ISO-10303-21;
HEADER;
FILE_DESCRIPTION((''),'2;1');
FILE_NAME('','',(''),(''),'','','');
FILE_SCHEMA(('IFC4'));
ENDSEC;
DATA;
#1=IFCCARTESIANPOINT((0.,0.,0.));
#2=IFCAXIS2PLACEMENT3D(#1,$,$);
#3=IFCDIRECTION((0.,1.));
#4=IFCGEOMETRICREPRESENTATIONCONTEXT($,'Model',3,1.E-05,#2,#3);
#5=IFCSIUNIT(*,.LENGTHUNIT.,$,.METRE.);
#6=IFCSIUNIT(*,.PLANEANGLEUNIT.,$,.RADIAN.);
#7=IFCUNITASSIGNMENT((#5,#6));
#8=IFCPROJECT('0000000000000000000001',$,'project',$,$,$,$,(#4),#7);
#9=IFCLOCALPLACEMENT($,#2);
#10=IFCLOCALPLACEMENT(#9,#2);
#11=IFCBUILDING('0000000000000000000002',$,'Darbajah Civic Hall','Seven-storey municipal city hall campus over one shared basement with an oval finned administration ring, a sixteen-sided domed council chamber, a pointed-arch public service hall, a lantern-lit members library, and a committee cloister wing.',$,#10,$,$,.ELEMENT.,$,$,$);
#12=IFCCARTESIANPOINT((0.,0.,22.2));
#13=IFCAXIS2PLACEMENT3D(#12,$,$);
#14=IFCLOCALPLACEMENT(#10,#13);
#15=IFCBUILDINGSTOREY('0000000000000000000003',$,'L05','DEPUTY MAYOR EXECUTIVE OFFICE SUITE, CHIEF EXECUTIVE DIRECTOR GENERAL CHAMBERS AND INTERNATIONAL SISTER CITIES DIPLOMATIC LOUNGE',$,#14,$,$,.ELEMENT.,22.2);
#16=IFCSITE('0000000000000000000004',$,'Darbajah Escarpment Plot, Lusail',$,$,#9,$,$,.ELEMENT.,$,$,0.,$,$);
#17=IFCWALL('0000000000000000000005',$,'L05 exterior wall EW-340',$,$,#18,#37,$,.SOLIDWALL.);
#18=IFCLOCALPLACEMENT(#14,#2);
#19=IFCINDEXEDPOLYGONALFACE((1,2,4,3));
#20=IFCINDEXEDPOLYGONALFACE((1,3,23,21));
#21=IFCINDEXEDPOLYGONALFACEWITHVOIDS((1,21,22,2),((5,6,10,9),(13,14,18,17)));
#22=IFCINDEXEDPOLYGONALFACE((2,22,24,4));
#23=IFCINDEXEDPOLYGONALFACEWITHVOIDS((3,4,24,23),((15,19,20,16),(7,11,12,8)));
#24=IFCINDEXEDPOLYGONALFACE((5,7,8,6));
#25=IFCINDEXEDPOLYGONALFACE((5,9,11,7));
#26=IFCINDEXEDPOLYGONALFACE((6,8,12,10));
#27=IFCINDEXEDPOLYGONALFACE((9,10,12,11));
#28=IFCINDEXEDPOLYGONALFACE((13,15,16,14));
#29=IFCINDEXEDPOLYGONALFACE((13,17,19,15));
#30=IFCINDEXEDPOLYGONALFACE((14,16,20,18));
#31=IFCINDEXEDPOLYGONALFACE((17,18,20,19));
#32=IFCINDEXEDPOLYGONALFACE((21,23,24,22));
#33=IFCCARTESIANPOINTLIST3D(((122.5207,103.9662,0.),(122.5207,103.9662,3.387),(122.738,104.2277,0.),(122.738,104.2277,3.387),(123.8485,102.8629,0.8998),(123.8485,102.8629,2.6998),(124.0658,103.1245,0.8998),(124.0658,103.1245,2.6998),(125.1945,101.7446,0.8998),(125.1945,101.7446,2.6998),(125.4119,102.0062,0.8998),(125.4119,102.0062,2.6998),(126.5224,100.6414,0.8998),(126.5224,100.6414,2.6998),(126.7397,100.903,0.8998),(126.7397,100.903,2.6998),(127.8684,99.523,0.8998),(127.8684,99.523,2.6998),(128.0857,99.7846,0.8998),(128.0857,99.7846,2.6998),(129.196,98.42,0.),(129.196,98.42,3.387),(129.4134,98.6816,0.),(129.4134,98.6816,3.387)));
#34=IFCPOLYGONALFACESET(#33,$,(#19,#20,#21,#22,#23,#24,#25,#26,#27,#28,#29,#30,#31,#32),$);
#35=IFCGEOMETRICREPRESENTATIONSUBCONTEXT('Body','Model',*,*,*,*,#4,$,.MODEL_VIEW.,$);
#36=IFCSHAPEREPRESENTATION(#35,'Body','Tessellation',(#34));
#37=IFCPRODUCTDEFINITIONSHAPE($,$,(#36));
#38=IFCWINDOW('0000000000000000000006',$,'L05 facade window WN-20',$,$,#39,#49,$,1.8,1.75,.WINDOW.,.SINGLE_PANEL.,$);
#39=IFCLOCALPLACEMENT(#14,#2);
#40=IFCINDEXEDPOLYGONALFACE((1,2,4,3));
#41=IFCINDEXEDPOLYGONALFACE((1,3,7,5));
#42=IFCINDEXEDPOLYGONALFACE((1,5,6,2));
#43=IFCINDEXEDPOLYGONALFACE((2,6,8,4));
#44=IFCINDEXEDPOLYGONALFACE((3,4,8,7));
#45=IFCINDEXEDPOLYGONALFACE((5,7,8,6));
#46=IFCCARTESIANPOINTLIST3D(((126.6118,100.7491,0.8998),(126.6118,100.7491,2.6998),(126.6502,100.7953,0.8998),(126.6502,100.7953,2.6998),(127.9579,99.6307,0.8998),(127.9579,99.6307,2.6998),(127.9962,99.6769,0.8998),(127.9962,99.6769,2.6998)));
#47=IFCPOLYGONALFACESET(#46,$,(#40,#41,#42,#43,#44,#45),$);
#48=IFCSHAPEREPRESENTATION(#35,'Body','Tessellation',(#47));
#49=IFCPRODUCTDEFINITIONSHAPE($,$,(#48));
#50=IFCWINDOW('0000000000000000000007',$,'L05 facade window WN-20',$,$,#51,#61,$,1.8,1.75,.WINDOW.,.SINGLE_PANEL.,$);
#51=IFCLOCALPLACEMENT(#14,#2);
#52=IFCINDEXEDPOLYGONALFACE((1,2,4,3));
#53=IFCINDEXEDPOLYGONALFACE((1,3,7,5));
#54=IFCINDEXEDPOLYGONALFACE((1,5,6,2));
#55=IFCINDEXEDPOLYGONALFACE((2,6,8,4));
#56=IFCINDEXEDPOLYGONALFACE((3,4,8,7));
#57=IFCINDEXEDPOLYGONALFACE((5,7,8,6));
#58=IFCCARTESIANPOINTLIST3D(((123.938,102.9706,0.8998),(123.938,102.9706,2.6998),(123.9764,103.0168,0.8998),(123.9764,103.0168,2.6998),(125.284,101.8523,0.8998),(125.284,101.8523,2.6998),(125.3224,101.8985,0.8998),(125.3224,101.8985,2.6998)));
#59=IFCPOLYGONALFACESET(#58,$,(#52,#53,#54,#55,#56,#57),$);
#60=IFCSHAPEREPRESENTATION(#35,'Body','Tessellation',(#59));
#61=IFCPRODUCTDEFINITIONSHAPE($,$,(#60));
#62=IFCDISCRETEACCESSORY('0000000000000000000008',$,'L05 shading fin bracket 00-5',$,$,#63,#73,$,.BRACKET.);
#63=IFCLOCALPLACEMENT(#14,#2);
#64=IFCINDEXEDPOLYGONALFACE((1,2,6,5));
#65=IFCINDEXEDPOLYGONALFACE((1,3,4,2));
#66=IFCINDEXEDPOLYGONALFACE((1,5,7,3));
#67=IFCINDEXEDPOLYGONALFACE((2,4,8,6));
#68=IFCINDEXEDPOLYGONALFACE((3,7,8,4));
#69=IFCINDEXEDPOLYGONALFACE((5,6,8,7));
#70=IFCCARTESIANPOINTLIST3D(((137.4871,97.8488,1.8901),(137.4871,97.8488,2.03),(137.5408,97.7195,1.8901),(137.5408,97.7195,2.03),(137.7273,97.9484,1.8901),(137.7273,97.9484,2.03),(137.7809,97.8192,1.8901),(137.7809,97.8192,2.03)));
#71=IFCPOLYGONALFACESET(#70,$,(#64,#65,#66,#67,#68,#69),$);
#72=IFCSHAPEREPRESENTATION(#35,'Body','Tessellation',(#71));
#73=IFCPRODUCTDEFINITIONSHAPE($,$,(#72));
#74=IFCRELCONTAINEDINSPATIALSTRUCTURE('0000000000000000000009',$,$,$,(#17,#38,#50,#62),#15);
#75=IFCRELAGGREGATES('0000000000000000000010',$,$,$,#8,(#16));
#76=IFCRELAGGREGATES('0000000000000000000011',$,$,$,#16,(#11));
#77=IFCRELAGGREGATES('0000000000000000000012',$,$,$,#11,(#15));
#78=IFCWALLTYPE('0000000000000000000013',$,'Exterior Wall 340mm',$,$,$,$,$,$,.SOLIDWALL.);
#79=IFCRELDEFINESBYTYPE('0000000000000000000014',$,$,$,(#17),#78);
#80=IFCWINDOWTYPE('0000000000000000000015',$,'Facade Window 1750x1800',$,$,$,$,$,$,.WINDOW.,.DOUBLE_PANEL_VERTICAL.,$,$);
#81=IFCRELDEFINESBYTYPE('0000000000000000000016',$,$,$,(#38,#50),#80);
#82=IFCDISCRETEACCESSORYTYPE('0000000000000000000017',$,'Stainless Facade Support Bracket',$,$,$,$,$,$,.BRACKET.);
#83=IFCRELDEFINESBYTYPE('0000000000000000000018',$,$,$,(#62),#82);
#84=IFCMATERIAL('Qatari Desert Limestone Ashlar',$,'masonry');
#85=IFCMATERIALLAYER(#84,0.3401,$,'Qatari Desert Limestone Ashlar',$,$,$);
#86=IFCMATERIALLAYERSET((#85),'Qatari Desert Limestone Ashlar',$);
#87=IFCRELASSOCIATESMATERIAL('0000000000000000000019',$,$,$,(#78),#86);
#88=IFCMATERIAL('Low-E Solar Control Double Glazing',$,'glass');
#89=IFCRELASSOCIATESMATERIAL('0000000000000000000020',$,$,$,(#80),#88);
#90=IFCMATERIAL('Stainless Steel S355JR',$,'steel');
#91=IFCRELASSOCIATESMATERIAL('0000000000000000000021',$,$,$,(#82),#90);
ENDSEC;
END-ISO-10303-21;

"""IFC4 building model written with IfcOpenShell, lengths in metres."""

from ifc_helpers import new_model, si_unit, direction, frame, frame_2d, origin, origin_2d, place, context, subcontext, project, spatial, rectangle, extrude, material, layer, layer_set, type_object, element, fill, save


model = new_model("IFC4")

# Units and contexts
model_context = context("Model", 3, precision=1e-05, world=origin(), true_north=direction((0.0, 1.0)))
body_context = subcontext(model_context, "Body", "Model", "MODEL_VIEW")
ifc_project = project(units=[si_unit("LENGTHUNIT", "METRE"), si_unit("PLANEANGLEUNIT", "RADIAN")], contexts=[model_context])

# Site, building, storey
site_placement = place(None, origin())
site = spatial("IfcSite", under=ifc_project, at=site_placement, Name="Darbajah Escarpment Plot, Lusail", CompositionType="ELEMENT", RefElevation=0.0)
building_placement = place(site_placement, origin())
building = spatial("IfcBuilding", under=site, at=building_placement, Name="Darbajah Civic Hall", Description="Seven-storey municipal city hall campus over one shared basement with an oval finned administration ring, a sixteen-sided domed council chamber, a pointed-arch public service hall, a lantern-lit members library, and a committee cloister wing.", CompositionType="ELEMENT")
storey_placement = place(building_placement, frame((0.0, 0.0, 22.2)))
storey = spatial("IfcBuildingStorey", under=building, at=storey_placement, Name="L05", Description="DEPUTY MAYOR EXECUTIVE OFFICE SUITE, CHIEF EXECUTIVE DIRECTOR GENERAL CHAMBERS AND INTERNATIONAL SISTER CITIES DIPLOMATIC LOUNGE", CompositionType="ELEMENT", Elevation=22.2)

# Shared definitions
ifc_material_1 = material(Name="Low-E Solar Control Double Glazing", Category="glass")

# Wall, openings, windows
ifc_material_2 = material(Name="Qatari Desert Limestone Ashlar", Category="masonry")
ifc_layer_1 = layer(ifc_material_2, 0.3401, Name="Qatari Desert Limestone Ashlar")
ifc_layer_set_1 = layer_set([ifc_layer_1], Name="Qatari Desert Limestone Ashlar")
wall_type = type_object("IfcWallType", Name="Exterior Wall 340mm", PredefinedType="SOLIDWALL", material=ifc_layer_set_1)
wall_placement = place(storey_placement, frame((129.3047, 98.5508, 0.0), z_axis=(0.0, 0.0, 1.0), x_axis=(-0.769161, 0.639055, 0.0)))
wall = element("IfcWall", 1, at=wall_placement, inside=storey, type_object=wall_type, Name="L05 exterior wall EW-340", PredefinedType="SOLIDWALL", context=body_context, shape_type="SweptSolid", body=[
    extrude(rectangle(XDim=8.6787, YDim=0.3401, at=frame_2d((4.3394, 0.0))), origin(), (0.0, 0.0, 1.0), 3.387),
])
opening_1_placement = place(wall_placement, frame((1.7261, 0.0, 0.8999)))
opening_1 = element("IfcOpeningElement", 2, at=opening_1_placement, cuts=wall, PredefinedType="OPENING", context=body_context, shape_type="SweptSolid", body=[
    extrude(rectangle(XDim=1.75, YDim=1.8, at=frame_2d((0.875, 0.8999))), frame((0.0, 0.1799, 0.0), z_axis=(0.0, -1.0, 0.0), x_axis=(1.0, 0.0, 0.0)), (0.0, 0.0, 1.0), 0.3601),
])
opening_2_placement = place(wall_placement, frame((5.2024, 0.0, 0.8999)))
opening_2 = element("IfcOpeningElement", 3, at=opening_2_placement, cuts=wall, PredefinedType="OPENING", context=body_context, shape_type="SweptSolid", body=[
    extrude(rectangle(XDim=1.75, YDim=1.8, at=frame_2d((0.875, 0.8999))), frame((0.0, 0.1799, 0.0), z_axis=(0.0, -1.0, 0.0), x_axis=(1.0, 0.0, 0.0)), (0.0, 0.0, 1.0), 0.3601),
])
window_type = type_object("IfcWindowType", Name="Facade Window 1750x1800", PartitioningType="DOUBLE_PANEL_VERTICAL", PredefinedType="WINDOW", material=ifc_material_1)
window_1_placement = place(opening_1_placement, origin())
window_1 = element("IfcWindow", 4, at=window_1_placement, inside=storey, type_object=window_type, Name="L05 facade window WN-20", OverallHeight=1.8, OverallWidth=1.75, PartitioningType="SINGLE_PANEL", PredefinedType="WINDOW", context=body_context, shape_type="SweptSolid", body=[
    extrude(rectangle(XDim=1.75, YDim=1.8, at=frame_2d((0.875, 0.8999))), frame((0.0, 0.03, 0.0), z_axis=(0.0, -1.0, 0.0), x_axis=(1.0, 0.0, 0.0)), (0.0, 0.0, 1.0), 0.0601),
])
fill(opening_1, window_1)
window_2_placement = place(opening_2_placement, origin())
window_2 = element("IfcWindow", 5, at=window_2_placement, inside=storey, type_object=window_type, Name="L05 facade window WN-20", OverallHeight=1.8, OverallWidth=1.75, PartitioningType="SINGLE_PANEL", PredefinedType="WINDOW", context=body_context, shape_type="SweptSolid", body=[
    extrude(rectangle(XDim=1.75, YDim=1.8, at=frame_2d((0.875, 0.8999))), frame((0.0, 0.03, 0.0), z_axis=(0.0, -1.0, 0.0), x_axis=(1.0, 0.0, 0.0)), (0.0, 0.0, 1.0), 0.0601),
])
fill(opening_2, window_2)

# Discrete accessory
ifc_material_3 = material(Name="Stainless Steel S355JR", Category="steel")
discrete_accessory_type = type_object("IfcDiscreteAccessoryType", Name="Stainless Facade Support Bracket", PredefinedType="BRACKET", material=ifc_material_3)
discrete_accessory_placement = place(storey_placement, frame((137.634, 97.834, 1.8901), z_axis=(0.0, 0.0, 1.0), x_axis=(0.923612, 0.383328, 0.0)))
element("IfcDiscreteAccessory", 6, at=discrete_accessory_placement, inside=storey, type_object=discrete_accessory_type, Name="L05 shading fin bracket 00-5", PredefinedType="BRACKET", context=body_context, shape_type="SweptSolid", body=[
    extrude(rectangle(XDim=0.26, YDim=0.1399, at=origin_2d()), origin(), (0.0, 0.0, 1.0), 0.1399),
])

save(model, "model.ifc")
